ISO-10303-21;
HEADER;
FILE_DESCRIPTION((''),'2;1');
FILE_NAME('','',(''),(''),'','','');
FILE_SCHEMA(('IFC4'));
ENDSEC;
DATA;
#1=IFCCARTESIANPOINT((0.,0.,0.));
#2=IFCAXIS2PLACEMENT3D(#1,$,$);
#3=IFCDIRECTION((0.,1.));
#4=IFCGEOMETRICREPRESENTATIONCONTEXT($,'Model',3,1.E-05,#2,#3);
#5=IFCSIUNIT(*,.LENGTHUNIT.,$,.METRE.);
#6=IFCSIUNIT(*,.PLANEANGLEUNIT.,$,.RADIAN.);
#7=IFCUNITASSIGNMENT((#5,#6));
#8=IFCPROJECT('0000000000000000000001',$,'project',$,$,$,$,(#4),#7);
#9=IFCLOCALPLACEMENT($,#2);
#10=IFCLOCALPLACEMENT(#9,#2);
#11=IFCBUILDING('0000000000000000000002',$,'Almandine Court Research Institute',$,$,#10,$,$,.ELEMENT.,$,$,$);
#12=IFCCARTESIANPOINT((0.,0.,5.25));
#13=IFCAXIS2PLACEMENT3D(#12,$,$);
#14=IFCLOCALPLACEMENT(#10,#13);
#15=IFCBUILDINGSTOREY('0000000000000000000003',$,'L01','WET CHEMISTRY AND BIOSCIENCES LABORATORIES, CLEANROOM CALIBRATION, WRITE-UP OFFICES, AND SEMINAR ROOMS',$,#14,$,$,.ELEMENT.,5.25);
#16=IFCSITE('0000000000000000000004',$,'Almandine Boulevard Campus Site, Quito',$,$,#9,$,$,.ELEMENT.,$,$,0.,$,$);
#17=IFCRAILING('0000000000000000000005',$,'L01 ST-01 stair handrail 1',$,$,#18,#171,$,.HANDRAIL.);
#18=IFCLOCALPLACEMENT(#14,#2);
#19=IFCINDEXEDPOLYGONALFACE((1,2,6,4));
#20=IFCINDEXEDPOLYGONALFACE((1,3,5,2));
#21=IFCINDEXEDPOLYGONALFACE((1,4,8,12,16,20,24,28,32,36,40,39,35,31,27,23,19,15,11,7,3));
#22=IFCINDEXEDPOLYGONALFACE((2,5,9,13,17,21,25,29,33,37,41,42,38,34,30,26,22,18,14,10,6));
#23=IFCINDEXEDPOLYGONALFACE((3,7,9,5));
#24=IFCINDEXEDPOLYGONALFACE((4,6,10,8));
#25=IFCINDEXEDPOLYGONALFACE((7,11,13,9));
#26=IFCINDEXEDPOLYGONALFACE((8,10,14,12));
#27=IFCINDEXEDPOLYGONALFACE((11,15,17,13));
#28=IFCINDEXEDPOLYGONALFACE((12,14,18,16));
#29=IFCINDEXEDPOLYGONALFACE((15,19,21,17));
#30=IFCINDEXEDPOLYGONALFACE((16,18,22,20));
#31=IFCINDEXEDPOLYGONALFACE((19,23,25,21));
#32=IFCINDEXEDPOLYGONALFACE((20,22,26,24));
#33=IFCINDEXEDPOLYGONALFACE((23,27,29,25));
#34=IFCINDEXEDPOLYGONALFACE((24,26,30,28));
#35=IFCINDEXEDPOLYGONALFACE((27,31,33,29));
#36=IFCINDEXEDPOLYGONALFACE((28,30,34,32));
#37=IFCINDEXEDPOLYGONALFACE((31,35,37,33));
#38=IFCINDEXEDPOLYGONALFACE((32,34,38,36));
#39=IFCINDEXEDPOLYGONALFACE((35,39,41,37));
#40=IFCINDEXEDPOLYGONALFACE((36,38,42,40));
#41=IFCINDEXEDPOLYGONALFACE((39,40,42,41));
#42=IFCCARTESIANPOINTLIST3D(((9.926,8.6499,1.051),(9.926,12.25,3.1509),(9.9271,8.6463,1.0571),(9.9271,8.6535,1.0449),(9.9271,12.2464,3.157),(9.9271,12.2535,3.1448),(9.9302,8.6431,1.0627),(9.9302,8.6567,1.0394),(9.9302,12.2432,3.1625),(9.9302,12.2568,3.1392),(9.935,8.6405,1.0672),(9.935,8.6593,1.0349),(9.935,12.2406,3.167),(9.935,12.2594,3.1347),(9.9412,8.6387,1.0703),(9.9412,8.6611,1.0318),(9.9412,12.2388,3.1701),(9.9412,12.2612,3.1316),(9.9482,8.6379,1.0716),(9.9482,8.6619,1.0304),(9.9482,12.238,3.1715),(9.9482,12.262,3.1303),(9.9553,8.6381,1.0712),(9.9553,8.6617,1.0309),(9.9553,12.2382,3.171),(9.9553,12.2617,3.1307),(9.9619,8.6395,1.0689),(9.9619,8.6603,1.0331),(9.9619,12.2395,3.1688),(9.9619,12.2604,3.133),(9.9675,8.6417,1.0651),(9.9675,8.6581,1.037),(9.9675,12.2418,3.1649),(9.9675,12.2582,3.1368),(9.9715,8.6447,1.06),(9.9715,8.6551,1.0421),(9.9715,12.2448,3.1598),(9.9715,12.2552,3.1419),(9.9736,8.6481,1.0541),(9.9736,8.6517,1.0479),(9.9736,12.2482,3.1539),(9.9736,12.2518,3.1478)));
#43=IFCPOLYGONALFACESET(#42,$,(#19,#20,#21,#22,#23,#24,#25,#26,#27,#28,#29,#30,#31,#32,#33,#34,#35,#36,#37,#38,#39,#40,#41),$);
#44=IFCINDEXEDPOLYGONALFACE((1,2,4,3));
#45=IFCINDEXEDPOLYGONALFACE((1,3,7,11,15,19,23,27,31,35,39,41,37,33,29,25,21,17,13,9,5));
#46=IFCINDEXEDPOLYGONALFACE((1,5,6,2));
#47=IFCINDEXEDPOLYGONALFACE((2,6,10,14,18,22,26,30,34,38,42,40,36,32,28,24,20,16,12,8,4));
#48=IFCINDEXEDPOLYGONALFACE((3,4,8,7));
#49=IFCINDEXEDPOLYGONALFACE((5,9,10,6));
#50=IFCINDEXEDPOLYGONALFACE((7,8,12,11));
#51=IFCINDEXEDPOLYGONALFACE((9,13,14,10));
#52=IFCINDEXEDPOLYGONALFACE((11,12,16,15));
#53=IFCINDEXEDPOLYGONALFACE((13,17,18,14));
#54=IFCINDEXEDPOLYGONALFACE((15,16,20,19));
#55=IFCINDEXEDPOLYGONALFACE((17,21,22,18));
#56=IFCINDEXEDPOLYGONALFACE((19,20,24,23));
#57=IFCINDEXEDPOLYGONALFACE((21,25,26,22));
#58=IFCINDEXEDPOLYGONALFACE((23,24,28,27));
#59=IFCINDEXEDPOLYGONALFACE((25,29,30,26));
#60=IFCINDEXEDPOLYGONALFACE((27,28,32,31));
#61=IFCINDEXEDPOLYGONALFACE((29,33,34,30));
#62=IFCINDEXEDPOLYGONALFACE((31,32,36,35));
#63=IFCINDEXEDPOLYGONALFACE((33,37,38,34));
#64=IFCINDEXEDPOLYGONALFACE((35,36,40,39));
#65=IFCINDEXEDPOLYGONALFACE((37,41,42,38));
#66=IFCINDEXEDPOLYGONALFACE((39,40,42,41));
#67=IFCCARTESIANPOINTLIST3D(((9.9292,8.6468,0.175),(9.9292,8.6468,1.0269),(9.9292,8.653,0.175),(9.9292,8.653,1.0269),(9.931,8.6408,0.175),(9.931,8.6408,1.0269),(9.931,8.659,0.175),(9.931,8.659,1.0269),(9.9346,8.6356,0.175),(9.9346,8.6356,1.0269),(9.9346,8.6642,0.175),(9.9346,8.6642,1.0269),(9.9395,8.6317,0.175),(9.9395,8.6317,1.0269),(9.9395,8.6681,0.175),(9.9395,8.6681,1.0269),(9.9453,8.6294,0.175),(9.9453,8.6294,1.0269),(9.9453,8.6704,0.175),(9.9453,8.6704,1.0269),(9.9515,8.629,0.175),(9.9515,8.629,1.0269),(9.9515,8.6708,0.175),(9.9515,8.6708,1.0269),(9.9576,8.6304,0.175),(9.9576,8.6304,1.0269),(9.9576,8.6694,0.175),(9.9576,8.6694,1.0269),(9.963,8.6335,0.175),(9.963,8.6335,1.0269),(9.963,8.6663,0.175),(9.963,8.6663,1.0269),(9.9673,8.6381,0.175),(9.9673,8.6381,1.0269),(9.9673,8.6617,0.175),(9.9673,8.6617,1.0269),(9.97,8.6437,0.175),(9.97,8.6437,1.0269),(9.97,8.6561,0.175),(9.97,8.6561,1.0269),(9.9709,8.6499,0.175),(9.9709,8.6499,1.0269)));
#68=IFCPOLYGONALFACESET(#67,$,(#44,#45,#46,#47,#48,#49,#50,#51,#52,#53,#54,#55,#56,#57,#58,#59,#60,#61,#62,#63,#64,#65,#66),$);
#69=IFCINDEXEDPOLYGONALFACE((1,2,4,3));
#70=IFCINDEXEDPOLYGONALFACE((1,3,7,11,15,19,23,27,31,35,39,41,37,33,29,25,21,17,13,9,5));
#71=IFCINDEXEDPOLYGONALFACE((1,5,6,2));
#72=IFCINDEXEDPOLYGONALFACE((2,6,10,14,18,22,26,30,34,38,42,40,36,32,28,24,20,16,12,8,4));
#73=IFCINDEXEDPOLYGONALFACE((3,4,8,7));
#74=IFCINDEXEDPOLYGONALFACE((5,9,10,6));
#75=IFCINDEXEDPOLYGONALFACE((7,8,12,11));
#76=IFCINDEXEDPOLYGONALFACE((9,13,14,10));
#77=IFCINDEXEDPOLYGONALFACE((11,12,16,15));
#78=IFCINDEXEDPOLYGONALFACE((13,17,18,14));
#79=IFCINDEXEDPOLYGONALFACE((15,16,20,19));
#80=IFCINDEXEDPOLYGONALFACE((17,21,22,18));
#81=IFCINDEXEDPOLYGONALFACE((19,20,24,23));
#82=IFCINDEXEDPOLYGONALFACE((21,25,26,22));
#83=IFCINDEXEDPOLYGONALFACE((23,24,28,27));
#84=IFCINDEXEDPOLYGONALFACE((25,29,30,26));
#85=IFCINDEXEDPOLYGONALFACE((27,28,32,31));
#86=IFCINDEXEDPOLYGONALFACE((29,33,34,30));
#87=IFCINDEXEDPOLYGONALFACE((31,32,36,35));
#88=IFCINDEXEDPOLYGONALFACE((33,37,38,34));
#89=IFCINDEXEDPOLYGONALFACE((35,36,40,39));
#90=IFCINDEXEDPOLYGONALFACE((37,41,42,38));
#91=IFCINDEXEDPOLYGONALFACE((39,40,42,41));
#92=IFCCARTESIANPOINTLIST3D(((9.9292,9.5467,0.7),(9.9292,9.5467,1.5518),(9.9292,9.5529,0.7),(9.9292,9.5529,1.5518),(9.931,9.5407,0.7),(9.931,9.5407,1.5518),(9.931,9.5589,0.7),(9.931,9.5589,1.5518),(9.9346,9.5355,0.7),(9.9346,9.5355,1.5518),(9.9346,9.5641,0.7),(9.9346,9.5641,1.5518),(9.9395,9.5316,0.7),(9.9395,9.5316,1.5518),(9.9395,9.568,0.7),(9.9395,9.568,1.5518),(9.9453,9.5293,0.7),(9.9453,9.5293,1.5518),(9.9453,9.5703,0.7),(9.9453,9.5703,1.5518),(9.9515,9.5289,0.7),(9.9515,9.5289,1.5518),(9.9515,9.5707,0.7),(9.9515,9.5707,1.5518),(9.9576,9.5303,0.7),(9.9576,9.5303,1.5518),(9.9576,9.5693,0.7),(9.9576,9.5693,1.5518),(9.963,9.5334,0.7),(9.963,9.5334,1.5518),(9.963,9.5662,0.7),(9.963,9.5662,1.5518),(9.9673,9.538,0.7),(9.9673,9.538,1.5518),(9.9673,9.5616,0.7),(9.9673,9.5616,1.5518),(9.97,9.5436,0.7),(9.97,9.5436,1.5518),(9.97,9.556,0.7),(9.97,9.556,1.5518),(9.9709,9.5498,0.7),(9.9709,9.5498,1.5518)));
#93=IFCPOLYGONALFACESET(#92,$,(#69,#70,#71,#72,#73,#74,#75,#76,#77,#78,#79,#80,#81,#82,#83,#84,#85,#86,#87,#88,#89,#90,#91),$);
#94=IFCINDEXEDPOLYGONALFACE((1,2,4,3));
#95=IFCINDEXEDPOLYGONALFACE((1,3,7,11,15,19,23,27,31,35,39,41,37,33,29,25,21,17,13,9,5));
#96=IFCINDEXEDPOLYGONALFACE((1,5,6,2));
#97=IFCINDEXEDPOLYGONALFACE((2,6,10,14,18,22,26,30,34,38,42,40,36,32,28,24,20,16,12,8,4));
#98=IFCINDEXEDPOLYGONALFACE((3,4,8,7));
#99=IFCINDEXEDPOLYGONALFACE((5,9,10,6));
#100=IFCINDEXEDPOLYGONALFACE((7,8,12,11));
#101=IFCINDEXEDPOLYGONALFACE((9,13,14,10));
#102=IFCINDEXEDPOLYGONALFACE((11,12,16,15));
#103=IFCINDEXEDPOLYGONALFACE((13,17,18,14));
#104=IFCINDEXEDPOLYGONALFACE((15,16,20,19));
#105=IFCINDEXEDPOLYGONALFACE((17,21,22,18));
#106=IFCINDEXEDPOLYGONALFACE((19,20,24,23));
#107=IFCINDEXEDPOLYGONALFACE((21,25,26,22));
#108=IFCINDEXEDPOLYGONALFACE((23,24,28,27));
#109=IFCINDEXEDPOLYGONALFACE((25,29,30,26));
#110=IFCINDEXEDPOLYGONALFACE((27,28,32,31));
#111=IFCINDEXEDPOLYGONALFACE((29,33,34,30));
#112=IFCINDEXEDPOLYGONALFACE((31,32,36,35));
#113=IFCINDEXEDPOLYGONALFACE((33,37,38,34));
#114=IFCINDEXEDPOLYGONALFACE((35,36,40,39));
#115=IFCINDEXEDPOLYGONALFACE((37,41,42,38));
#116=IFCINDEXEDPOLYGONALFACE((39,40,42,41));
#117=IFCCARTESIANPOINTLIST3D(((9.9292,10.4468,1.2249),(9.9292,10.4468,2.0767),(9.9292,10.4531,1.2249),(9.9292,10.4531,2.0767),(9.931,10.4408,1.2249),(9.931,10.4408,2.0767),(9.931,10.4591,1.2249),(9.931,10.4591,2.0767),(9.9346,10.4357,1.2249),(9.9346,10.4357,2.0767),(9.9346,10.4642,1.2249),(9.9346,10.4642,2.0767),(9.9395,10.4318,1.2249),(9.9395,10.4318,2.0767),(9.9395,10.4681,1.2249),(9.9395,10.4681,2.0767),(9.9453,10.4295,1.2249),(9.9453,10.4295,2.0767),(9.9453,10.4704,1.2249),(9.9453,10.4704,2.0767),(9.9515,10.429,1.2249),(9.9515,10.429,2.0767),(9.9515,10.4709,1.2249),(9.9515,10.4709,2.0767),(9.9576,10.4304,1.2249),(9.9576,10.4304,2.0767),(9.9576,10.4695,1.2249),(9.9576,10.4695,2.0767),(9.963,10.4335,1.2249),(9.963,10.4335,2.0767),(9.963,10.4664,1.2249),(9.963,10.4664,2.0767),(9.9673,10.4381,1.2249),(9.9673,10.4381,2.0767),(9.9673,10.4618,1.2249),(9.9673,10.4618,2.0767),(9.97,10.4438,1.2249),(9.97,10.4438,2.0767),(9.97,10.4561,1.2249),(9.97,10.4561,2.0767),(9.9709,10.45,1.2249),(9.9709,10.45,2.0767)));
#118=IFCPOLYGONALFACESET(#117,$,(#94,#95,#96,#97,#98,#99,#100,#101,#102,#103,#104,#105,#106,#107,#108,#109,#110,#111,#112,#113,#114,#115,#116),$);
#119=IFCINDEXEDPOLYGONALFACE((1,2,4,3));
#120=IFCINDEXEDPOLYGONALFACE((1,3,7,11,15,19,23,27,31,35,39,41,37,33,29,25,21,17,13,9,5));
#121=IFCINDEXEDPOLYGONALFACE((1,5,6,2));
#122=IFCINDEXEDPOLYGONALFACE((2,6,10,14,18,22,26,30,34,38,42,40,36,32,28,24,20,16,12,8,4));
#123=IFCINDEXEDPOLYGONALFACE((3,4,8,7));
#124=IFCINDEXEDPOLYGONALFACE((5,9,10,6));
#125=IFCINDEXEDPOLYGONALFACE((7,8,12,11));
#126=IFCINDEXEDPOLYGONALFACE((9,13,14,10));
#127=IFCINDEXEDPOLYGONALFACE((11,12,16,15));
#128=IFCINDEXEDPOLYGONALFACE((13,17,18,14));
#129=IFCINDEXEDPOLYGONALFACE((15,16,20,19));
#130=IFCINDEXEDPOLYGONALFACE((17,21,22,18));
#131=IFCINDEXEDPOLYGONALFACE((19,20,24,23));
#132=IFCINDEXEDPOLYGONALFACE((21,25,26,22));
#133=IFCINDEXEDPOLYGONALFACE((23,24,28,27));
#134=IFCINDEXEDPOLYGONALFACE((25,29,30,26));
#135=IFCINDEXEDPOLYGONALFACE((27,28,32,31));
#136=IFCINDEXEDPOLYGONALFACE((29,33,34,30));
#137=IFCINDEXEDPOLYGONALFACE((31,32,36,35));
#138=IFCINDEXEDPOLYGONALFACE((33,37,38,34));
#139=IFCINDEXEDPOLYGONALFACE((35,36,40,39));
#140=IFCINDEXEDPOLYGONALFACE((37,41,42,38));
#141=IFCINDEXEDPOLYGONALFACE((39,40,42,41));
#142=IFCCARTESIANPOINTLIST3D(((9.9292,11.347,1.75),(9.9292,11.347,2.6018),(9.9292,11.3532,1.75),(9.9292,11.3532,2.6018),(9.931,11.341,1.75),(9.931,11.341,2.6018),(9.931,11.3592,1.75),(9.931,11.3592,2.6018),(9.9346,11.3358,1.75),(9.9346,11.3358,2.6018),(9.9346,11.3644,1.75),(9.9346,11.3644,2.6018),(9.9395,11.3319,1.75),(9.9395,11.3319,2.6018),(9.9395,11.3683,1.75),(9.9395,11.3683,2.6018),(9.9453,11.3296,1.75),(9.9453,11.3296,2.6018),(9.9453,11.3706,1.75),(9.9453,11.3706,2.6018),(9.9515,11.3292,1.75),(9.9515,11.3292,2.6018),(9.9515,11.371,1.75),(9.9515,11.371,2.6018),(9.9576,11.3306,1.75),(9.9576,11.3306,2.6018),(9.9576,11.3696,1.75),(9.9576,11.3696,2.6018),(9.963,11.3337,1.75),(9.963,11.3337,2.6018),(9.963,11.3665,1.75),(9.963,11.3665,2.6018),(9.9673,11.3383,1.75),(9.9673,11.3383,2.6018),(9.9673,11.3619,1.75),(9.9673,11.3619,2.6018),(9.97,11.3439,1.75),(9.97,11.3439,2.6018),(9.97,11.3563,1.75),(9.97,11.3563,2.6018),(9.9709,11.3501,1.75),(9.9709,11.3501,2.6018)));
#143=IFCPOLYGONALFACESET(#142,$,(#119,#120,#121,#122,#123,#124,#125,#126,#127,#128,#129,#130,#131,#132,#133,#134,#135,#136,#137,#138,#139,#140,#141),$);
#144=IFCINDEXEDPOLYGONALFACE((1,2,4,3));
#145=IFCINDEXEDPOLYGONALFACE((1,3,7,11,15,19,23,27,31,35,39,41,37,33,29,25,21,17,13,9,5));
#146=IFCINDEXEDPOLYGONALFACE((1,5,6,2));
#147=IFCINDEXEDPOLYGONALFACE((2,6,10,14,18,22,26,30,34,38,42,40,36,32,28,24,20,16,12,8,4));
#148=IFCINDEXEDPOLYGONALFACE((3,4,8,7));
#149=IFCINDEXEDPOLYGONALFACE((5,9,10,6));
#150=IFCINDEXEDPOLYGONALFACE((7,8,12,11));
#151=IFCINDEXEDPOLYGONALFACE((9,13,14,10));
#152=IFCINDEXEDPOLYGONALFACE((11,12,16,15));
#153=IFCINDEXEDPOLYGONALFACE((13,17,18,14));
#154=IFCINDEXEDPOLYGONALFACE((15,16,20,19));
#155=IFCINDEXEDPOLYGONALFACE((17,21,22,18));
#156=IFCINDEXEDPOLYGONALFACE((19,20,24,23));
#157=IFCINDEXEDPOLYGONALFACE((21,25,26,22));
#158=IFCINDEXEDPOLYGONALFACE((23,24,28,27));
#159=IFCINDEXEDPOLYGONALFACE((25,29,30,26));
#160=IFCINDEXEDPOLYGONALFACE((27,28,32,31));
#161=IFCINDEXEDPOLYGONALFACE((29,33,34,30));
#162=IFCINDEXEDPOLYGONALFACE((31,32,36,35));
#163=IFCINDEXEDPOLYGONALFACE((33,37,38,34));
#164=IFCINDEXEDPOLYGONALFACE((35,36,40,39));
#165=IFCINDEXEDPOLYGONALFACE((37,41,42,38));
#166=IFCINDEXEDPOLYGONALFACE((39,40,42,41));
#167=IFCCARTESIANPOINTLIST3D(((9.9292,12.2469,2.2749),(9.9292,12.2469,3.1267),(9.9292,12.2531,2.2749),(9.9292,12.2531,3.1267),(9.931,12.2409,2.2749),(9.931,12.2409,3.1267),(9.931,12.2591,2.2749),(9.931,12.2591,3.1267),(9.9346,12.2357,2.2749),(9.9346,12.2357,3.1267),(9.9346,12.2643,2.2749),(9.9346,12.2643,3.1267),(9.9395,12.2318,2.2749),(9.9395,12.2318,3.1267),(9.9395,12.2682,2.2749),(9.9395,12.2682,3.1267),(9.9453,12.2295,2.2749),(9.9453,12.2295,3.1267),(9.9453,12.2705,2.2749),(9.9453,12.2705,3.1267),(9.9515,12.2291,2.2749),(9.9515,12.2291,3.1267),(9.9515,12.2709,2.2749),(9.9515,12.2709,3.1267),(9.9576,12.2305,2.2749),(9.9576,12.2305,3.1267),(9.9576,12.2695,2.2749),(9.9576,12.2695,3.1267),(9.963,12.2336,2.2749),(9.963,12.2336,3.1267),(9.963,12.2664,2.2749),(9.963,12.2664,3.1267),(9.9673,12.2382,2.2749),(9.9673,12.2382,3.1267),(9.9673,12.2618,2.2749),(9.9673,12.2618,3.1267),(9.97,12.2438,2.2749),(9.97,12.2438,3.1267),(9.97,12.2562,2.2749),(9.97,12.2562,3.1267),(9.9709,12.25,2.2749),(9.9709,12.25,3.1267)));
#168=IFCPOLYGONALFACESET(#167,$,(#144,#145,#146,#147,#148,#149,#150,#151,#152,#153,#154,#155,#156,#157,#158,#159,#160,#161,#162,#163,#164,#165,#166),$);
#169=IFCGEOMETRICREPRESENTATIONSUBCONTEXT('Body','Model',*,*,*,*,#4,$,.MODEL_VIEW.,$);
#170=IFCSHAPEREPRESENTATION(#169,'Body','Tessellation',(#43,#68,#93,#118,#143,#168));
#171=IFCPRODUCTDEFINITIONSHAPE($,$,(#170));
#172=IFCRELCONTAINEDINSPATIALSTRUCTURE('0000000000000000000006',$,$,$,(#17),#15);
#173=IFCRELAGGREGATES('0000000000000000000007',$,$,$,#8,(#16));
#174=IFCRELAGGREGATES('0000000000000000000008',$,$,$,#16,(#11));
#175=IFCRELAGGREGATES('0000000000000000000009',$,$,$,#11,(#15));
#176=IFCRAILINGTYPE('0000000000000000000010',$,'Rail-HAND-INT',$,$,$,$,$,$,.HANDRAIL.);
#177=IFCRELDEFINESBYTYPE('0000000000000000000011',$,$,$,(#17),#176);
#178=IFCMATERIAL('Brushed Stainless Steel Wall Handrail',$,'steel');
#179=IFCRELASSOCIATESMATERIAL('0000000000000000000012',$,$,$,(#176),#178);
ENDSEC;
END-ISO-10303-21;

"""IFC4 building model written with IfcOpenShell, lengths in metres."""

from ifc_helpers import new_model, si_unit, direction, frame, origin, origin_2d, place, context, subcontext, project, spatial, circle, extrude, material, type_object, element, save


model = new_model("IFC4")

# Units and contexts
model_context = context("Model", 3, precision=1e-05, world=origin(), true_north=direction((0.0, 1.0)))
body_context = subcontext(model_context, "Body", "Model", "MODEL_VIEW")
ifc_project = project(units=[si_unit("LENGTHUNIT", "METRE"), si_unit("PLANEANGLEUNIT", "RADIAN")], contexts=[model_context])

# Site, building, storey
site_placement = place(None, origin())
site = spatial("IfcSite", under=ifc_project, at=site_placement, Name="Almandine Boulevard Campus Site, Quito", CompositionType="ELEMENT", RefElevation=0.0)
building_placement = place(site_placement, origin())
building = spatial("IfcBuilding", under=site, at=building_placement, Name="Almandine Court Research Institute", CompositionType="ELEMENT")
storey_placement = place(building_placement, frame((0.0, 0.0, 5.25)))
storey = spatial("IfcBuildingStorey", under=building, at=storey_placement, Name="L01", Description="WET CHEMISTRY AND BIOSCIENCES LABORATORIES, CLEANROOM CALIBRATION, WRITE-UP OFFICES, AND SEMINAR ROOMS", CompositionType="ELEMENT", Elevation=5.25)

# Railing
ifc_material_1 = material(Name="Brushed Stainless Steel Wall Handrail", Category="steel")
railing_type_1 = type_object("IfcRailingType", Name="Rail-HAND-INT", PredefinedType="HANDRAIL", material=ifc_material_1)
railing_1_placement = place(storey_placement, frame((9.95, 8.6499, 0.175)))
element("IfcRailing", 1, at=railing_1_placement, inside=storey, type_object=railing_type_1, Name="L01 ST-01 stair handrail 1", PredefinedType="HANDRAIL", context=body_context, shape_type="SweptSolid", body=[
    extrude(circle(Radius=0.0239, at=origin_2d()), frame((0.0, 0.0, 0.876), z_axis=(0.0, 0.8638, 0.503835), x_axis=(-1.0, 0.0, 0.0)), (0.0, 0.0, 1.0), 4.1677),
    extrude(circle(Radius=0.021, at=origin_2d()), origin(), (0.0, 0.0, 1.0), 0.8518),
    extrude(circle(Radius=0.021, at=origin_2d()), frame((0.0, 0.8999, 0.5249)), (0.0, 0.0, 1.0), 0.8518),
    extrude(circle(Radius=0.021, at=origin_2d()), frame((0.0, 1.8, 1.0498)), (0.0, 0.0, 1.0), 0.8518),
    extrude(circle(Radius=0.021, at=origin_2d()), frame((0.0, 2.7002, 1.575)), (0.0, 0.0, 1.0), 0.8518),
    extrude(circle(Radius=0.021, at=origin_2d()), frame((0.0, 3.6001, 2.0999)), (0.0, 0.0, 1.0), 0.8518),
])

save(model, "model.ifc")
